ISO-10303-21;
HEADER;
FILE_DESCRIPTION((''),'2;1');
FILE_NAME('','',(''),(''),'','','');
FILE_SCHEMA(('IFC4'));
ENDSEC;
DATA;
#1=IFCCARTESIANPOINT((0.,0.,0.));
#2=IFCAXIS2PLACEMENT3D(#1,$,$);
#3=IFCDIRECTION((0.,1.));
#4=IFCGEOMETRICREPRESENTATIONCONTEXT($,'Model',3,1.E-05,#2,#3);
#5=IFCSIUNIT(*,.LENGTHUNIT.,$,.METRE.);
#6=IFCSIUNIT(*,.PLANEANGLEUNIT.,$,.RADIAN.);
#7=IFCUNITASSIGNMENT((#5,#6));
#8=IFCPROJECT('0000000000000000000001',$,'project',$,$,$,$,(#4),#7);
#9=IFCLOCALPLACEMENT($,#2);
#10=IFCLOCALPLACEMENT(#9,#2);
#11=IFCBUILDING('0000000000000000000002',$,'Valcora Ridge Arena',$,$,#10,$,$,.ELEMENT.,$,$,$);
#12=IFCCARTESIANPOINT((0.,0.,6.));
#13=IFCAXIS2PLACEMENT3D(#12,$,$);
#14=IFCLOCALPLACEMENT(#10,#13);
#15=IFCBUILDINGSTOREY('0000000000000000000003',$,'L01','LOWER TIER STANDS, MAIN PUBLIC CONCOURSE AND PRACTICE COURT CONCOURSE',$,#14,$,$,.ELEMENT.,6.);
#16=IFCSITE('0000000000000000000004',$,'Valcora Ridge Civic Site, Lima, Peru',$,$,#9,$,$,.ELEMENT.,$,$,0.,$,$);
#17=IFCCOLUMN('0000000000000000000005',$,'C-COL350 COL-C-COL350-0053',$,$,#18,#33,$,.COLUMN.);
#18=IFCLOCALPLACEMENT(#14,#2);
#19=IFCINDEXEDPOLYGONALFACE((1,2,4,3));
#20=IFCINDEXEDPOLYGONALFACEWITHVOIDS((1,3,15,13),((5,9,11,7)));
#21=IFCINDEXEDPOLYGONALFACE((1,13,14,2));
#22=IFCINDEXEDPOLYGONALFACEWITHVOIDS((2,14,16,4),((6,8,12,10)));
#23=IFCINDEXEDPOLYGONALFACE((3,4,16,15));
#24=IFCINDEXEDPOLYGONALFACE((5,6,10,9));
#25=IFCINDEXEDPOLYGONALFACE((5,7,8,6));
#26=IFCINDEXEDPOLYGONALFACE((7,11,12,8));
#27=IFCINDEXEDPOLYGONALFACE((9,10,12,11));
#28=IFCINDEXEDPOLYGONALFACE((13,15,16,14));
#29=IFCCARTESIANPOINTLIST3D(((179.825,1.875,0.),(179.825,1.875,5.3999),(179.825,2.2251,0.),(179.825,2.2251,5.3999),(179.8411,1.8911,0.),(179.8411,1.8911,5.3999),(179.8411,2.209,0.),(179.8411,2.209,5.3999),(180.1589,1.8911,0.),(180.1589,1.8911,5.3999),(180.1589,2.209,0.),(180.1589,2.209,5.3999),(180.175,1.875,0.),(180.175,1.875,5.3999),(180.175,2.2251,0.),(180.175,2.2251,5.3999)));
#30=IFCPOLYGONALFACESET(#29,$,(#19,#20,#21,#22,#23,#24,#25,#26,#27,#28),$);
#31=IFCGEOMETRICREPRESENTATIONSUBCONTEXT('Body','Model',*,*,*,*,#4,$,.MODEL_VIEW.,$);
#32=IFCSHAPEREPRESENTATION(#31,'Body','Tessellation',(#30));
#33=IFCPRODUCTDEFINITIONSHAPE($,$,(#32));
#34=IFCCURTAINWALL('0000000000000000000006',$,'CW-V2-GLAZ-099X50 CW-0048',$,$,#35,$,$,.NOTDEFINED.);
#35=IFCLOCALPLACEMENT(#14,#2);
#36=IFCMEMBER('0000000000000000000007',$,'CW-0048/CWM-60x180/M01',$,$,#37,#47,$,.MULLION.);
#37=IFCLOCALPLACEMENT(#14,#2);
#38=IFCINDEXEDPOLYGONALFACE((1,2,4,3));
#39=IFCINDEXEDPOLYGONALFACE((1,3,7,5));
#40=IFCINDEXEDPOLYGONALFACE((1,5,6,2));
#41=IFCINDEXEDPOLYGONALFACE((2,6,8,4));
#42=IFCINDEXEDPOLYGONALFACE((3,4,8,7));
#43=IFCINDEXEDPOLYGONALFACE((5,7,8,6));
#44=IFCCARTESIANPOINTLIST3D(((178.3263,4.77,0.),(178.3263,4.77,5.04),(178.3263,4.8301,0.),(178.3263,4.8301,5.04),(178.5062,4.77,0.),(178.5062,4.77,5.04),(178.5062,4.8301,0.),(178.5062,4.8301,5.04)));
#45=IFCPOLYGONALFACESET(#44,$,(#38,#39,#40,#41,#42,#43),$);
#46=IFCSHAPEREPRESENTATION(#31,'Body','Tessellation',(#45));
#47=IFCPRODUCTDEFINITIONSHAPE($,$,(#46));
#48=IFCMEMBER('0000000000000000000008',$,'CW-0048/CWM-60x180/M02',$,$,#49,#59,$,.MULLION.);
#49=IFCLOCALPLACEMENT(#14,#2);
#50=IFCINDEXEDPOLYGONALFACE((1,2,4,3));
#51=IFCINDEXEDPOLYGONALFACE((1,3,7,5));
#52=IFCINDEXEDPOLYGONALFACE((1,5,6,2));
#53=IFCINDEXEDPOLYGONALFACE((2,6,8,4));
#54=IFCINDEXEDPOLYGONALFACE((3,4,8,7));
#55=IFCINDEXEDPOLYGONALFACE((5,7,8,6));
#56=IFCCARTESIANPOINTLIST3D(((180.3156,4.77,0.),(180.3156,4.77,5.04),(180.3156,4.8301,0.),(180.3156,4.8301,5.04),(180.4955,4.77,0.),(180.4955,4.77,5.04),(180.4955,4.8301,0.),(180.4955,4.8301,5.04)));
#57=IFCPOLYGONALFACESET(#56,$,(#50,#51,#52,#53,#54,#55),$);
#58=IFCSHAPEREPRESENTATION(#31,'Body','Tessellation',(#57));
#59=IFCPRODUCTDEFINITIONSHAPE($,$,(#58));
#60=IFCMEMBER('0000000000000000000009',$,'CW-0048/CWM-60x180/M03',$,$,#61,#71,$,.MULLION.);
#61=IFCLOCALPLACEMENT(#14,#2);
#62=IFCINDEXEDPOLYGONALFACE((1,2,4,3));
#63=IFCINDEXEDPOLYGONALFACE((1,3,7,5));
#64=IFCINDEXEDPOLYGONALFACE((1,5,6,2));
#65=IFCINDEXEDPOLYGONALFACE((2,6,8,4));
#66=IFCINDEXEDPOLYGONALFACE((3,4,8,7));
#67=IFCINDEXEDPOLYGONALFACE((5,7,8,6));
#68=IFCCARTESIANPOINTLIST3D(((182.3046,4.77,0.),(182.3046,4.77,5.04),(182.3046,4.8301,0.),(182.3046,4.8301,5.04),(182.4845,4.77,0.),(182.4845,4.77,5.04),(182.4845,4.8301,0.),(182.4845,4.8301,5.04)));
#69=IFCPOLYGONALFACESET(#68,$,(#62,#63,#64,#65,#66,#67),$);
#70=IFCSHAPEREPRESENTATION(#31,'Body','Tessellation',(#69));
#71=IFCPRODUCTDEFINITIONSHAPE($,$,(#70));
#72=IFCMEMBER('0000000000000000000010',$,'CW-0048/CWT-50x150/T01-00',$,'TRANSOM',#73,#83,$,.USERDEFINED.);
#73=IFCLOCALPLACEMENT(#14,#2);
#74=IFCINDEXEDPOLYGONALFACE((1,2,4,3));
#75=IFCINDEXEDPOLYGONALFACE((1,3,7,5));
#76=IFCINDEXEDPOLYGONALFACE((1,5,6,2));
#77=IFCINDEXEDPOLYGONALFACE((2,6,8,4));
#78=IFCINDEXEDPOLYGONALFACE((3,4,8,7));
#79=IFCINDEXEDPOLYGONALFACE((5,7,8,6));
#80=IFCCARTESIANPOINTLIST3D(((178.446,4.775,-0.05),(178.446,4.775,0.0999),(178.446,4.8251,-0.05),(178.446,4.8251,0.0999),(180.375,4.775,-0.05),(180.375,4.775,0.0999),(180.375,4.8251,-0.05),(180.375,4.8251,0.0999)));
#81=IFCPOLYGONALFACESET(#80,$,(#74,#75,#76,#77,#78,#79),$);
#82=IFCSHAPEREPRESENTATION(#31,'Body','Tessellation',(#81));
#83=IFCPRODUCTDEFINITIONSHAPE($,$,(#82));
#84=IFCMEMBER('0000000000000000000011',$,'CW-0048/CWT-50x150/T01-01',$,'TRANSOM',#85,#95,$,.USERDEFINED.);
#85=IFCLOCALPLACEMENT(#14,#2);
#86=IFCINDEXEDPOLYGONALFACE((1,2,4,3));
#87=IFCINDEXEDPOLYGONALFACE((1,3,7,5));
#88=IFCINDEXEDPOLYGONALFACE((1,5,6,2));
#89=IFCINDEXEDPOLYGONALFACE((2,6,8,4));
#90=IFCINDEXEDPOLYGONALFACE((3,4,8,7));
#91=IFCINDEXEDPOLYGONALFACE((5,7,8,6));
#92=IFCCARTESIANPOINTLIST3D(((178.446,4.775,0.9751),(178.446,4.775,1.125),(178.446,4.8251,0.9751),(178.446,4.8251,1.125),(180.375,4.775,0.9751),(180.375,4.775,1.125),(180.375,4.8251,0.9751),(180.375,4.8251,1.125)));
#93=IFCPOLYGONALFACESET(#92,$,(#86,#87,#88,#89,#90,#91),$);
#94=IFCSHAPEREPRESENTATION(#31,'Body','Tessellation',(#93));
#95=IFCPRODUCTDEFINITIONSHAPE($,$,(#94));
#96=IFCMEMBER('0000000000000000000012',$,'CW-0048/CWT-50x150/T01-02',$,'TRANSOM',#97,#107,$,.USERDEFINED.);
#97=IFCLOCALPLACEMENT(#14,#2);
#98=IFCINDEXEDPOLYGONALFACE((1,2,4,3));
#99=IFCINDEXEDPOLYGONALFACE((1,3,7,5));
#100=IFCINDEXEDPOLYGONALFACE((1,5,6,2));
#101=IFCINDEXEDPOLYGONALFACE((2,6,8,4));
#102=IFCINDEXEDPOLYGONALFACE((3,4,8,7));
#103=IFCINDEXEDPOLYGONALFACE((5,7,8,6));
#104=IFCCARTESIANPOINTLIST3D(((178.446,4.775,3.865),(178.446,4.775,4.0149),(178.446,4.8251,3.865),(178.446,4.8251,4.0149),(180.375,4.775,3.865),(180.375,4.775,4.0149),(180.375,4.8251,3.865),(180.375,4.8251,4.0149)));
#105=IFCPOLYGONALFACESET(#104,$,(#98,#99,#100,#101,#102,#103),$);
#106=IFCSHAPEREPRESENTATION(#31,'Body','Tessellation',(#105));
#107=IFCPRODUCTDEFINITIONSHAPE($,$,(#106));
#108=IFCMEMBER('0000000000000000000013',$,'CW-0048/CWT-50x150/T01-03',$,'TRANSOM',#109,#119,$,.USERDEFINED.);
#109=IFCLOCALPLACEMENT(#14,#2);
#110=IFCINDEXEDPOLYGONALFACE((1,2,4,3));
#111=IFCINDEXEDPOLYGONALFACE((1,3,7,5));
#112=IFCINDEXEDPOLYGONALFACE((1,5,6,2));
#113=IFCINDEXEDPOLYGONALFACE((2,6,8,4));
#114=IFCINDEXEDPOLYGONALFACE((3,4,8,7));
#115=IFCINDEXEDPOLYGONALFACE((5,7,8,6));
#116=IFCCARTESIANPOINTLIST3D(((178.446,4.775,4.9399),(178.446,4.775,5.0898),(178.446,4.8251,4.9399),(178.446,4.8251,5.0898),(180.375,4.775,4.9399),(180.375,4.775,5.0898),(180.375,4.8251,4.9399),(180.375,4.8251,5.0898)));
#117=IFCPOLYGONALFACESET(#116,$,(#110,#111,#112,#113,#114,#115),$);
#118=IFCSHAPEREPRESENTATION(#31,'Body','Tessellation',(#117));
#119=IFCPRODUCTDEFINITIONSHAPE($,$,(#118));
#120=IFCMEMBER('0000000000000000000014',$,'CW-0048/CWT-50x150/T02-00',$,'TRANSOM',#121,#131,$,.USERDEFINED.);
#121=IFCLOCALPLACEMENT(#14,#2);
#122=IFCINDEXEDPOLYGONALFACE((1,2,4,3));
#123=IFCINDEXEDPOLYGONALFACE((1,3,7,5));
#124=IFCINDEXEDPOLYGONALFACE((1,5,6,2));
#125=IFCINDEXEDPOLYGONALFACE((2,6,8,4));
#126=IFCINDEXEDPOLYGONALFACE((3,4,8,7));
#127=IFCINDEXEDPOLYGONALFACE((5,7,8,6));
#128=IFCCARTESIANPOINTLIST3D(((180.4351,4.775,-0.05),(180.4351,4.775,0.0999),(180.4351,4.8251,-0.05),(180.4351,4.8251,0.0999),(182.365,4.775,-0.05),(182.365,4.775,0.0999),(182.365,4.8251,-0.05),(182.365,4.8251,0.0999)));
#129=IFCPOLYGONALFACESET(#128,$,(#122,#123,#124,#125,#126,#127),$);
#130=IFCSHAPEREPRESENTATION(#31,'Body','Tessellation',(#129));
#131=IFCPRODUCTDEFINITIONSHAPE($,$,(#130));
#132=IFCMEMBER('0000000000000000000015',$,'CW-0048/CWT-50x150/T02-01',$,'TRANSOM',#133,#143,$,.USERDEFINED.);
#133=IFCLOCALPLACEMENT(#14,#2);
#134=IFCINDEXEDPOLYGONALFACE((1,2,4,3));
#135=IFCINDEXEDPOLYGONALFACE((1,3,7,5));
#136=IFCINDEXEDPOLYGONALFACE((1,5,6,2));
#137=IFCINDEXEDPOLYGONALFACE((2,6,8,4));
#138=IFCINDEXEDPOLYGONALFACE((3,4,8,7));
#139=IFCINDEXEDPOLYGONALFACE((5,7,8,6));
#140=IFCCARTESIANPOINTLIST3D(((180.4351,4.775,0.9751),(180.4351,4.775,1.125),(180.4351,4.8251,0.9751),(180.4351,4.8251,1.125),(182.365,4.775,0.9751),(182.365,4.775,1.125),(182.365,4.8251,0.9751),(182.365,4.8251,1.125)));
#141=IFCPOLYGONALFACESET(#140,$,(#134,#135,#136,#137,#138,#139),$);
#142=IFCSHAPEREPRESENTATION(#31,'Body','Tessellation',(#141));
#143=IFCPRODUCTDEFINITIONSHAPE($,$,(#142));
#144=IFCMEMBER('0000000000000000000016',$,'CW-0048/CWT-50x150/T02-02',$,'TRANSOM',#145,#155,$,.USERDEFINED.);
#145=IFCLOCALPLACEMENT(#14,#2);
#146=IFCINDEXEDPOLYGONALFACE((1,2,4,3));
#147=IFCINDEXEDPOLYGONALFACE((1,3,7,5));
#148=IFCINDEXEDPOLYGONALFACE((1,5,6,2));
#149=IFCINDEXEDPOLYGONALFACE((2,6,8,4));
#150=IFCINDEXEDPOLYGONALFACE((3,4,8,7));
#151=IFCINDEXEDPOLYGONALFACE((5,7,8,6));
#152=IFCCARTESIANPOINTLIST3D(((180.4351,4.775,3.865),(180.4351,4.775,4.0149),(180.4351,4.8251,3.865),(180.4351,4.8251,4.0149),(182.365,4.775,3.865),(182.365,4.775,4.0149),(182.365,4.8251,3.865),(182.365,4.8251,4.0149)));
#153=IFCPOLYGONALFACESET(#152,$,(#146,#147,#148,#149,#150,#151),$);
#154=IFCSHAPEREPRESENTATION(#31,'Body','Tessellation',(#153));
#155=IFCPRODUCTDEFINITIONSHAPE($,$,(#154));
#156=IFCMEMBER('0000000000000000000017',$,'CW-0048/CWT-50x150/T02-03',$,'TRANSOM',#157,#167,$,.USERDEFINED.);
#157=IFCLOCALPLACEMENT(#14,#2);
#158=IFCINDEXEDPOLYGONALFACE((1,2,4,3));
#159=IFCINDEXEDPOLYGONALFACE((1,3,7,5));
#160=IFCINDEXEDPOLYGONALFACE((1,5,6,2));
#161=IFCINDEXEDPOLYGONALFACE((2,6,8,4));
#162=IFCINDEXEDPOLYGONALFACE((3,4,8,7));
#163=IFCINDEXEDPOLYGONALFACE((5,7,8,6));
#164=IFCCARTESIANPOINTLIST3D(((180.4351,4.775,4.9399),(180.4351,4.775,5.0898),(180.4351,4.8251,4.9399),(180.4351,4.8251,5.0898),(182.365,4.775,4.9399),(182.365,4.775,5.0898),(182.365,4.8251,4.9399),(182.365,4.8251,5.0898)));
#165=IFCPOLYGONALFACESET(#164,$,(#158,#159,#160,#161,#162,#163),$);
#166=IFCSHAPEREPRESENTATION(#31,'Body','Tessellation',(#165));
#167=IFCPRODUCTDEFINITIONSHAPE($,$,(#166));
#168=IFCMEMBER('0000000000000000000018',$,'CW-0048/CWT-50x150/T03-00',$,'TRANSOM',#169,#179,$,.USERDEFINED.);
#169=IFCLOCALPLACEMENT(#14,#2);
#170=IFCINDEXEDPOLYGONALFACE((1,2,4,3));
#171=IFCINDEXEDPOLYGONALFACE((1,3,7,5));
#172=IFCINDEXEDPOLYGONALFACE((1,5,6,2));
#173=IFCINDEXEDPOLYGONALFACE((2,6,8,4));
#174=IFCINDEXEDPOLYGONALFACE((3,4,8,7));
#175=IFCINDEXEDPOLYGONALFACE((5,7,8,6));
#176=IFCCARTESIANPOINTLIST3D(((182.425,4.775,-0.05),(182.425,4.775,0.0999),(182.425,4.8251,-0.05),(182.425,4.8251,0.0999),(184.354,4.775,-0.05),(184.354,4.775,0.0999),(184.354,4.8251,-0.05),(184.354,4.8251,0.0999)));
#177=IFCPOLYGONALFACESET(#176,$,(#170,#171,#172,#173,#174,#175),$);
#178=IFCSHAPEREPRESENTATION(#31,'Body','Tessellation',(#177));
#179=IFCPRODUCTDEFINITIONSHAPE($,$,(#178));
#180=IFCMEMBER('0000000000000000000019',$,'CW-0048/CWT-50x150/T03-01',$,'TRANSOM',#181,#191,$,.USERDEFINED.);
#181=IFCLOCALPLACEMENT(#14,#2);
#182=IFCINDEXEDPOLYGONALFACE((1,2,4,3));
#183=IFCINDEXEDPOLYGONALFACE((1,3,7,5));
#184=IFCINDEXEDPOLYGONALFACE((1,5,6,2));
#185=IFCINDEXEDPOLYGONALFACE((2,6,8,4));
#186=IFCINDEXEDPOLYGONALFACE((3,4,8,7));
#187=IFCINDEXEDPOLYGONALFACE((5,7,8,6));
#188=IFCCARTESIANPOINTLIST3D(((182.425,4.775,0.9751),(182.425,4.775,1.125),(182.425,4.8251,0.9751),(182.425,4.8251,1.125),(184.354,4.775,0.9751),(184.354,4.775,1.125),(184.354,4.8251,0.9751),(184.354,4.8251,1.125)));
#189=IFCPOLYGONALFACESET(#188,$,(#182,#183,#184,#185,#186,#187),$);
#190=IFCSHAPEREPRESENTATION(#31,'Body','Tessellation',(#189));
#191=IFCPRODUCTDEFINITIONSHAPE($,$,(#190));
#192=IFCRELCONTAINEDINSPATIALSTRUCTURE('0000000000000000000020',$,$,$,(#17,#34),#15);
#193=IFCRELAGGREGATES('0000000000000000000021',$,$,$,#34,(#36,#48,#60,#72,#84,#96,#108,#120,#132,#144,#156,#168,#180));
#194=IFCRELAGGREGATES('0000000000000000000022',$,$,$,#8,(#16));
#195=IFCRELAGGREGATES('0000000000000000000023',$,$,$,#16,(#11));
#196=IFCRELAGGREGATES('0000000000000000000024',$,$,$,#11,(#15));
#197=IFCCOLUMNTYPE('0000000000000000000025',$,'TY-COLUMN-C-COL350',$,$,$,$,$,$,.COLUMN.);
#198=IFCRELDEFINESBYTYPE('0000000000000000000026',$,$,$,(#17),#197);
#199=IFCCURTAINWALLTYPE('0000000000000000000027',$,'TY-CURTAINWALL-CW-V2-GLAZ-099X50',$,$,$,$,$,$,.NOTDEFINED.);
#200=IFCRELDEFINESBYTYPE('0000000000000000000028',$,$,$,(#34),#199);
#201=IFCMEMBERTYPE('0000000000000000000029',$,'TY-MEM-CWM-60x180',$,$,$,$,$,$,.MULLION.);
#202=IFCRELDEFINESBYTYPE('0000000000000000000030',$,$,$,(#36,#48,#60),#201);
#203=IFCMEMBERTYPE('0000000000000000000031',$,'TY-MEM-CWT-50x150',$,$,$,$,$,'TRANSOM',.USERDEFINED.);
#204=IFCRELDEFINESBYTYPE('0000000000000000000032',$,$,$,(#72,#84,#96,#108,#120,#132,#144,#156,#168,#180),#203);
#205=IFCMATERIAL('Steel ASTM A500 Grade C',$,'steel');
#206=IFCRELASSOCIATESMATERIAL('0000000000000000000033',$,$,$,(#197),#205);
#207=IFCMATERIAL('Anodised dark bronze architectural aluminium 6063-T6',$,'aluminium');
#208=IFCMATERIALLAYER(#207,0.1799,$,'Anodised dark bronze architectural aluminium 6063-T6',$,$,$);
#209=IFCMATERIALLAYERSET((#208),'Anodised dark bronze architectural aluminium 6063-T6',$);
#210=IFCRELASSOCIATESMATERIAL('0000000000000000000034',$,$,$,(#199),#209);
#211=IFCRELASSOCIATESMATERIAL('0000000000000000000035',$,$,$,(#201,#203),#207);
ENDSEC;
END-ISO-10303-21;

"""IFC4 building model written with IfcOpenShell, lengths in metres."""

from ifc_helpers import new_model, si_unit, direction, frame, origin, origin_2d, place, context, subcontext, project, spatial, rectangle, hollow_rectangle, extrude, material, layer, layer_set, material_profile, profile_set, type_object, element, aggregate, save


model = new_model("IFC4")

# Units and contexts
model_context = context("Model", 3, precision=1e-05, world=origin(), true_north=direction((0.0, 1.0)))
body_context = subcontext(model_context, "Body", "Model", "MODEL_VIEW")
ifc_project = project(units=[si_unit("LENGTHUNIT", "METRE"), si_unit("PLANEANGLEUNIT", "RADIAN")], contexts=[model_context])

# Site, building, storey
site_placement = place(None, origin())
site = spatial("IfcSite", under=ifc_project, at=site_placement, Name="Valcora Ridge Civic Site, Lima, Peru", CompositionType="ELEMENT", RefElevation=0.0)
building_placement = place(site_placement, origin())
building = spatial("IfcBuilding", under=site, at=building_placement, Name="Valcora Ridge Arena", CompositionType="ELEMENT")
storey_placement = place(building_placement, frame((0.0, 0.0, 6.0)))
storey = spatial("IfcBuildingStorey", under=building, at=storey_placement, Name="L01", Description="LOWER TIER STANDS, MAIN PUBLIC CONCOURSE AND PRACTICE COURT CONCOURSE", CompositionType="ELEMENT", Elevation=6.0)

# Column
ifc_material_1 = material(Name="Steel ASTM A500 Grade C", Category="steel")
ifc_material_profile_1 = material_profile(ifc_material_1, hollow_rectangle(XDim=0.3501, YDim=0.3501, WallThickness=0.0161, at=origin_2d()), Name="HSS350X350X16")
ifc_profile_set_1 = profile_set([ifc_material_profile_1], Name="Steel ASTM A500 Grade C")
column_type = type_object("IfcColumnType", Name="TY-COLUMN-C-COL350", PredefinedType="COLUMN", material=ifc_profile_set_1)
column_placement = place(storey_placement, frame((180.0, 2.05, 0.0), z_axis=(0.0, 0.0, 1.0), x_axis=(1.0, 0.0, 0.0)))
element("IfcColumn", 1, at=column_placement, inside=storey, type_object=column_type, Name="C-COL350 COL-C-COL350-0053", PredefinedType="COLUMN", context=body_context, shape_type="SweptSolid", body=[
    extrude(hollow_rectangle(XDim=0.3501, YDim=0.3501, WallThickness=0.0161, at=origin_2d()), origin(), (0.0, 0.0, 1.0), 5.3999),
])

# Curtain wall, members
ifc_material_2 = material(Name="Anodised dark bronze architectural aluminium 6063-T6", Category="aluminium")
ifc_layer_1 = layer(ifc_material_2, 0.1799, Name="Anodised dark bronze architectural aluminium 6063-T6")
ifc_layer_set_1 = layer_set([ifc_layer_1], Name="Anodised dark bronze architectural aluminium 6063-T6")
curtain_wall_type = type_object("IfcCurtainWallType", Name="TY-CURTAINWALL-CW-V2-GLAZ-099X50", PredefinedType="NOTDEFINED", material=ifc_layer_set_1)
curtain_wall_placement = place(storey_placement, origin())
curtain_wall = element("IfcCurtainWall", 2, at=curtain_wall_placement, inside=storey, type_object=curtain_wall_type, Name="CW-V2-GLAZ-099X50 CW-0048", PredefinedType="NOTDEFINED")
ifc_material_profile_2 = material_profile(ifc_material_2, rectangle(XDim=0.0601, YDim=0.1799, at=origin_2d()), Name="ALU MULLION 60x180")
ifc_profile_set_2 = profile_set([ifc_material_profile_2], Name="Anodised dark bronze architectural aluminium 6063-T6")
member_type_1 = type_object("IfcMemberType", Name="TY-MEM-CWM-60x180", PredefinedType="MULLION", material=ifc_profile_set_2)
member_1_placement = place(storey_placement, frame((178.4163, 4.8, 0.0), z_axis=(0.0, 0.0, 1.0), x_axis=(0.0, 1.0, 0.0)))
member_1 = element("IfcMember", 3, at=member_1_placement, type_object=member_type_1, Name="CW-0048/CWM-60x180/M01", PredefinedType="MULLION", context=body_context, shape_type="SweptSolid", body=[
    extrude(rectangle(XDim=0.0601, YDim=0.1799, at=origin_2d()), origin(), (0.0, 0.0, 1.0), 5.04),
])
member_2_placement = place(storey_placement, frame((180.4055, 4.8, 0.0), z_axis=(0.0, 0.0, 1.0), x_axis=(0.0, 1.0, 0.0)))
member_2 = element("IfcMember", 4, at=member_2_placement, type_object=member_type_1, Name="CW-0048/CWM-60x180/M02", PredefinedType="MULLION", context=body_context, shape_type="SweptSolid", body=[
    extrude(rectangle(XDim=0.0601, YDim=0.1799, at=origin_2d()), origin(), (0.0, 0.0, 1.0), 5.04),
])
member_3_placement = place(storey_placement, frame((182.3945, 4.8, 0.0), z_axis=(0.0, 0.0, 1.0), x_axis=(0.0, 1.0, 0.0)))
member_3 = element("IfcMember", 5, at=member_3_placement, type_object=member_type_1, Name="CW-0048/CWM-60x180/M03", PredefinedType="MULLION", context=body_context, shape_type="SweptSolid", body=[
    extrude(rectangle(XDim=0.0601, YDim=0.1799, at=origin_2d()), origin(), (0.0, 0.0, 1.0), 5.04),
])
ifc_material_profile_3 = material_profile(ifc_material_2, rectangle(XDim=0.05, YDim=0.1499, at=origin_2d()), Name="ALU TRANSOM 50x150")
ifc_profile_set_3 = profile_set([ifc_material_profile_3], Name="Anodised dark bronze architectural aluminium 6063-T6")
member_type_2 = type_object("IfcMemberType", Name="TY-MEM-CWT-50x150", ElementType="TRANSOM", PredefinedType="USERDEFINED", material=ifc_profile_set_3)
member_4_placement = place(storey_placement, frame((178.446, 4.8, 0.0249), z_axis=(1.0, 0.0, 0.0), x_axis=(0.0, 1.0, 0.0)))
member_4 = element("IfcMember", 6, at=member_4_placement, type_object=member_type_2, Name="CW-0048/CWT-50x150/T01-00", ObjectType="TRANSOM", PredefinedType="USERDEFINED", context=body_context, shape_type="SweptSolid", body=[
    extrude(rectangle(XDim=0.05, YDim=0.1499, at=origin_2d()), origin(), (0.0, 0.0, 1.0), 1.929),
])
member_5_placement = place(storey_placement, frame((178.446, 4.8, 1.05), z_axis=(1.0, 0.0, 0.0), x_axis=(0.0, 1.0, 0.0)))
member_5 = element("IfcMember", 7, at=member_5_placement, type_object=member_type_2, Name="CW-0048/CWT-50x150/T01-01", ObjectType="TRANSOM", PredefinedType="USERDEFINED", context=body_context, shape_type="SweptSolid", body=[
    extrude(rectangle(XDim=0.05, YDim=0.1499, at=origin_2d()), origin(), (0.0, 0.0, 1.0), 1.929),
])
member_6_placement = place(storey_placement, frame((178.446, 4.8, 3.9399), z_axis=(1.0, 0.0, 0.0), x_axis=(0.0, 1.0, 0.0)))
member_6 = element("IfcMember", 8, at=member_6_placement, type_object=member_type_2, Name="CW-0048/CWT-50x150/T01-02", ObjectType="TRANSOM", PredefinedType="USERDEFINED", context=body_context, shape_type="SweptSolid", body=[
    extrude(rectangle(XDim=0.05, YDim=0.1499, at=origin_2d()), origin(), (0.0, 0.0, 1.0), 1.929),
])
member_7_placement = place(storey_placement, frame((178.446, 4.8, 5.0149), z_axis=(1.0, 0.0, 0.0), x_axis=(0.0, 1.0, 0.0)))
member_7 = element("IfcMember", 9, at=member_7_placement, type_object=member_type_2, Name="CW-0048/CWT-50x150/T01-03", ObjectType="TRANSOM", PredefinedType="USERDEFINED", context=body_context, shape_type="SweptSolid", body=[
    extrude(rectangle(XDim=0.05, YDim=0.1499, at=origin_2d()), origin(), (0.0, 0.0, 1.0), 1.929),
])
member_8_placement = place(storey_placement, frame((180.4351, 4.8, 0.0249), z_axis=(1.0, 0.0, 0.0), x_axis=(0.0, 1.0, 0.0)))
member_8 = element("IfcMember", 10, at=member_8_placement, type_object=member_type_2, Name="CW-0048/CWT-50x150/T02-00", ObjectType="TRANSOM", PredefinedType="USERDEFINED", context=body_context, shape_type="SweptSolid", body=[
    extrude(rectangle(XDim=0.05, YDim=0.1499, at=origin_2d()), origin(), (0.0, 0.0, 1.0), 1.9299),
])
member_9_placement = place(storey_placement, frame((180.4351, 4.8, 1.05), z_axis=(1.0, 0.0, 0.0), x_axis=(0.0, 1.0, 0.0)))
member_9 = element("IfcMember", 11, at=member_9_placement, type_object=member_type_2, Name="CW-0048/CWT-50x150/T02-01", ObjectType="TRANSOM", PredefinedType="USERDEFINED", context=body_context, shape_type="SweptSolid", body=[
    extrude(rectangle(XDim=0.05, YDim=0.1499, at=origin_2d()), origin(), (0.0, 0.0, 1.0), 1.9299),
])
member_10_placement = place(storey_placement, frame((180.4351, 4.8, 3.9399), z_axis=(1.0, 0.0, 0.0), x_axis=(0.0, 1.0, 0.0)))
member_10 = element("IfcMember", 12, at=member_10_placement, type_object=member_type_2, Name="CW-0048/CWT-50x150/T02-02", ObjectType="TRANSOM", PredefinedType="USERDEFINED", context=body_context, shape_type="SweptSolid", body=[
    extrude(rectangle(XDim=0.05, YDim=0.1499, at=origin_2d()), origin(), (0.0, 0.0, 1.0), 1.9299),
])
member_11_placement = place(storey_placement, frame((180.4351, 4.8, 5.0149), z_axis=(1.0, 0.0, 0.0), x_axis=(0.0, 1.0, 0.0)))
member_11 = element("IfcMember", 13, at=member_11_placement, type_object=member_type_2, Name="CW-0048/CWT-50x150/T02-03", ObjectType="TRANSOM", PredefinedType="USERDEFINED", context=body_context, shape_type="SweptSolid", body=[
    extrude(rectangle(XDim=0.05, YDim=0.1499, at=origin_2d()), origin(), (0.0, 0.0, 1.0), 1.9299),
])
member_12_placement = place(storey_placement, frame((182.425, 4.8, 0.0249), z_axis=(1.0, 0.0, 0.0), x_axis=(0.0, 1.0, 0.0)))
member_12 = element("IfcMember", 14, at=member_12_placement, type_object=member_type_2, Name="CW-0048/CWT-50x150/T03-00", ObjectType="TRANSOM", PredefinedType="USERDEFINED", context=body_context, shape_type="SweptSolid", body=[
    extrude(rectangle(XDim=0.05, YDim=0.1499, at=origin_2d()), origin(), (0.0, 0.0, 1.0), 1.929),
])
member_13_placement = place(storey_placement, frame((182.425, 4.8, 1.05), z_axis=(1.0, 0.0, 0.0), x_axis=(0.0, 1.0, 0.0)))
member_13 = element("IfcMember", 15, at=member_13_placement, type_object=member_type_2, Name="CW-0048/CWT-50x150/T03-01", ObjectType="TRANSOM", PredefinedType="USERDEFINED", context=body_context, shape_type="SweptSolid", body=[
    extrude(rectangle(XDim=0.05, YDim=0.1499, at=origin_2d()), origin(), (0.0, 0.0, 1.0), 1.929),
])
aggregate(curtain_wall, [member_1, member_2, member_3, member_4, member_5, member_6, member_7, member_8, member_9, member_10, member_11, member_12, member_13])

save(model, "model.ifc")
